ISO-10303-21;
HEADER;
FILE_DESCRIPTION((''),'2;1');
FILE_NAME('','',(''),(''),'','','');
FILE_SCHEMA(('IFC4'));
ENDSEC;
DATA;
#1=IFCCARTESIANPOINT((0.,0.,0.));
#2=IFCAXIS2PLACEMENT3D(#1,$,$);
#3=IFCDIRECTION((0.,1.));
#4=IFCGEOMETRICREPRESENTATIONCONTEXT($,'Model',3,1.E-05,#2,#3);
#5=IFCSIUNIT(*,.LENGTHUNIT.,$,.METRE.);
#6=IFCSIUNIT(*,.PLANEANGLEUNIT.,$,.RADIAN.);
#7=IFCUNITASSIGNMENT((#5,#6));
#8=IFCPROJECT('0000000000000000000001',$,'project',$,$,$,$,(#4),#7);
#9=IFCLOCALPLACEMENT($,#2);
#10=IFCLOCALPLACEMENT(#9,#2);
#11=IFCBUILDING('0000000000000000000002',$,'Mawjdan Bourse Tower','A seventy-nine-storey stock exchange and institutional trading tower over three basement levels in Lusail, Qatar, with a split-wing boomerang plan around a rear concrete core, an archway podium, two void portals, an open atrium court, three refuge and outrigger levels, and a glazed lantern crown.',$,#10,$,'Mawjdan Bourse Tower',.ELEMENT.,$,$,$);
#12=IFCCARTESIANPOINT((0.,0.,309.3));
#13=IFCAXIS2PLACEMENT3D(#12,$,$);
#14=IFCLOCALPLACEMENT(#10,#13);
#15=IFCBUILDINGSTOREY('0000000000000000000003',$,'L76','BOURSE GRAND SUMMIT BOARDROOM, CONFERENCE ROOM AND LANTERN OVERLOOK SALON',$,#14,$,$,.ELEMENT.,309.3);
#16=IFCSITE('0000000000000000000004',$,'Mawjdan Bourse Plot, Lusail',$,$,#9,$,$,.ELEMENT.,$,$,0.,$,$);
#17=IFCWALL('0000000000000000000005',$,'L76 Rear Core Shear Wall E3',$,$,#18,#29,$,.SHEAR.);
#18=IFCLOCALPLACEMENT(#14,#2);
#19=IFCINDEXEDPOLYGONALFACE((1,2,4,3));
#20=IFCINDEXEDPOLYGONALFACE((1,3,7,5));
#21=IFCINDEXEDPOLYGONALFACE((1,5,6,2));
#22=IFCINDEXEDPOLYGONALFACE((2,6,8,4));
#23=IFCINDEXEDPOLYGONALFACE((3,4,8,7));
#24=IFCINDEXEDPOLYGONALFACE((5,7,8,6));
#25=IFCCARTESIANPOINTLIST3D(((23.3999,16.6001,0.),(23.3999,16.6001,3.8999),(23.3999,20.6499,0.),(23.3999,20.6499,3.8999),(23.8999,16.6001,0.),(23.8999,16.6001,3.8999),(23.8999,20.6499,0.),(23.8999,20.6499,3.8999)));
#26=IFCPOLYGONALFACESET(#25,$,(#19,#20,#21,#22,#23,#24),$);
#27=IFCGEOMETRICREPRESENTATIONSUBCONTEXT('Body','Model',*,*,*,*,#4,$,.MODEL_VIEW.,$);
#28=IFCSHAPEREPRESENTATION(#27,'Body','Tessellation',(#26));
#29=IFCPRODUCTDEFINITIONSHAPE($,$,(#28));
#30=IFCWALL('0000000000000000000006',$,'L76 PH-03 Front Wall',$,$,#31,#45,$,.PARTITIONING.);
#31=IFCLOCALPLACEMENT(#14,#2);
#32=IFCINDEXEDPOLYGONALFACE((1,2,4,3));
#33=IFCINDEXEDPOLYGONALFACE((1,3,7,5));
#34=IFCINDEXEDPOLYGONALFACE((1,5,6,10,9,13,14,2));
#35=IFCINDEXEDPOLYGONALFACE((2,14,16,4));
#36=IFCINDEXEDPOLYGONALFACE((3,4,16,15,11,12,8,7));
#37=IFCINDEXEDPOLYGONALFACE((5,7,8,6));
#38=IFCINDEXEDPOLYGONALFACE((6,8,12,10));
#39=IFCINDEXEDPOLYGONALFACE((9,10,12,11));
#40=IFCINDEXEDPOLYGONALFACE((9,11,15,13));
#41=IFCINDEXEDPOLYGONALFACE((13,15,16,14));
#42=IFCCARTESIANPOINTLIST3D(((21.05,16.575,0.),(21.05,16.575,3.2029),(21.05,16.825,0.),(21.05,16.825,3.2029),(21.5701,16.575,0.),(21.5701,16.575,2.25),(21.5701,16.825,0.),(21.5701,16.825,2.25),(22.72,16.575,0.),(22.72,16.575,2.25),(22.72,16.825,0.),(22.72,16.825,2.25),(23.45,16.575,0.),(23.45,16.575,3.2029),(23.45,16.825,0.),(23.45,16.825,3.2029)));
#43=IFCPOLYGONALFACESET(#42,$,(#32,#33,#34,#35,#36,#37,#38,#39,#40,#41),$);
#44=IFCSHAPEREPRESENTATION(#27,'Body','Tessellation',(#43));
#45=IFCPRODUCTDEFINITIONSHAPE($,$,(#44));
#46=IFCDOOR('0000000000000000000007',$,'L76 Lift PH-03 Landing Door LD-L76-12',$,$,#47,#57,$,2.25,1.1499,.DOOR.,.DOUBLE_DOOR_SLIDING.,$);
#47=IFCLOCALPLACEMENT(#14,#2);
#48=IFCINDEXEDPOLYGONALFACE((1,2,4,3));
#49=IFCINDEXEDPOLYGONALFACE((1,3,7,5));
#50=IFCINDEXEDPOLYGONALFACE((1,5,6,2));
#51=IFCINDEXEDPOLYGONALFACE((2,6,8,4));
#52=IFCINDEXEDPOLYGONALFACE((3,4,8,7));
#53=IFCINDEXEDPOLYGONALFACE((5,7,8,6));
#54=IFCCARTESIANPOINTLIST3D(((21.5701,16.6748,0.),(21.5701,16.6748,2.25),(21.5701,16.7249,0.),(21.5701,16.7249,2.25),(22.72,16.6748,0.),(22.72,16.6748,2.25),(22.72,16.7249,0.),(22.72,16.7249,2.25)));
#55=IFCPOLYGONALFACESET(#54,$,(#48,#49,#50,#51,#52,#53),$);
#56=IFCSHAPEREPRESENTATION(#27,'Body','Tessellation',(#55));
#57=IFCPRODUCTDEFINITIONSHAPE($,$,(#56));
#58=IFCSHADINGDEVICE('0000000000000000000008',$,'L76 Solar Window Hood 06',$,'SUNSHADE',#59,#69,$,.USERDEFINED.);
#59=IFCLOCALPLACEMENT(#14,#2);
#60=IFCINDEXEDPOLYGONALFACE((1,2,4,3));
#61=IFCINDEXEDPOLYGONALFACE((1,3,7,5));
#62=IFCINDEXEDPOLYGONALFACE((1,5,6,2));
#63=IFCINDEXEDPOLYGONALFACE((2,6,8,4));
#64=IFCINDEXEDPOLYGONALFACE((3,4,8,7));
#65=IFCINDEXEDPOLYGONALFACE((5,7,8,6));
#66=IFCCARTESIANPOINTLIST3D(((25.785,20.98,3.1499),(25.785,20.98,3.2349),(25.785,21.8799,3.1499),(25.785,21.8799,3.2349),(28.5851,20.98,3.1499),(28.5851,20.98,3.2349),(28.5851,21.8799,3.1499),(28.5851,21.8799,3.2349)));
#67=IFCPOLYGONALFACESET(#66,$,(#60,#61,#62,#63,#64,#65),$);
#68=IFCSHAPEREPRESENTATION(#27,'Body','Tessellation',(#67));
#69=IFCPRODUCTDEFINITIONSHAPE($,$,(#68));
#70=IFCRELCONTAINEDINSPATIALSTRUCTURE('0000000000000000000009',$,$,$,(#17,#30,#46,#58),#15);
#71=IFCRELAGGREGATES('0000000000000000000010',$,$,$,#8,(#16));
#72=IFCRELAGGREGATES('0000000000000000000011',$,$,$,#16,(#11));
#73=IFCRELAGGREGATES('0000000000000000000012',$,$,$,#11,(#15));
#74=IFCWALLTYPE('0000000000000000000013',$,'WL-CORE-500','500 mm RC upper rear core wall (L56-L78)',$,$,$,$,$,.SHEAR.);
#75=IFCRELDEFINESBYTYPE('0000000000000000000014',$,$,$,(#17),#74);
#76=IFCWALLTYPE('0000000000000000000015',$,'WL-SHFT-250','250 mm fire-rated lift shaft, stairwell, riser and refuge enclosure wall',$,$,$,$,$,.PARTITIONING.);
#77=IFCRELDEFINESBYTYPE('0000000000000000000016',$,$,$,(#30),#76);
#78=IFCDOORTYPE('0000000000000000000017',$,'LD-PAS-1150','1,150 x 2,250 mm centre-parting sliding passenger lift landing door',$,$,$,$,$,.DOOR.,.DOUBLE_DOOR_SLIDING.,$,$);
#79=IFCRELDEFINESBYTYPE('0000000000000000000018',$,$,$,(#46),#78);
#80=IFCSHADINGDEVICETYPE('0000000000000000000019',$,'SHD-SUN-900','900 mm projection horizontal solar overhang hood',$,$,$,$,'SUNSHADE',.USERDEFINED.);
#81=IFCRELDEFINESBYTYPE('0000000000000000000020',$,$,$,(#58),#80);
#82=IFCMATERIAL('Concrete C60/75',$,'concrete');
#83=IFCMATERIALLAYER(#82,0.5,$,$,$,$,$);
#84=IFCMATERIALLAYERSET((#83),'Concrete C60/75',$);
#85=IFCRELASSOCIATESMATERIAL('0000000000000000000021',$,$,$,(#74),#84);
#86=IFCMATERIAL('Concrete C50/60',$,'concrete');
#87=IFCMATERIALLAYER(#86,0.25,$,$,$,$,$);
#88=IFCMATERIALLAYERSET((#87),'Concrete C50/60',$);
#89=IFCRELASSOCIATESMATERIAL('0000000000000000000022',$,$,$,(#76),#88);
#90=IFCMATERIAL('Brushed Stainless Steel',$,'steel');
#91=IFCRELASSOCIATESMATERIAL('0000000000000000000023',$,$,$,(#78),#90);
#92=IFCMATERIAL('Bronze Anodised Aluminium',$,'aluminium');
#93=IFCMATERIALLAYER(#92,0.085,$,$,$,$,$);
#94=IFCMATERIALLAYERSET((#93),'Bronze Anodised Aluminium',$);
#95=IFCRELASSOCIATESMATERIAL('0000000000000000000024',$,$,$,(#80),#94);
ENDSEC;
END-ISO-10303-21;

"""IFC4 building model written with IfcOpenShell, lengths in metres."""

from ifc_helpers import new_model, si_unit, direction, frame, frame_2d, origin, origin_2d, place, context, subcontext, project, spatial, rectangle, extrude, material, layer, layer_set, type_object, element, fill, save


model = new_model("IFC4")

# Units and contexts
model_context = context("Model", 3, precision=1e-05, world=origin(), true_north=direction((0.0, 1.0)))
body_context = subcontext(model_context, "Body", "Model", "MODEL_VIEW")
ifc_project = project(units=[si_unit("LENGTHUNIT", "METRE"), si_unit("PLANEANGLEUNIT", "RADIAN")], contexts=[model_context])

# Site, building, storey
site_placement = place(None, origin())
site = spatial("IfcSite", under=ifc_project, at=site_placement, Name="Mawjdan Bourse Plot, Lusail", CompositionType="ELEMENT", RefElevation=0.0)
building_placement = place(site_placement, origin())
building = spatial("IfcBuilding", under=site, at=building_placement, Name="Mawjdan Bourse Tower", Description="A seventy-nine-storey stock exchange and institutional trading tower over three basement levels in Lusail, Qatar, with a split-wing boomerang plan around a rear concrete core, an archway podium, two void portals, an open atrium court, three refuge and outrigger levels, and a glazed lantern crown.", LongName="Mawjdan Bourse Tower", CompositionType="ELEMENT")
storey_placement = place(building_placement, frame((0.0, 0.0, 309.3)))
storey = spatial("IfcBuildingStorey", under=building, at=storey_placement, Name="L76", Description="BOURSE GRAND SUMMIT BOARDROOM, CONFERENCE ROOM AND LANTERN OVERLOOK SALON", CompositionType="ELEMENT", Elevation=309.3)

# Shared definitions
ifc_material_1 = material(Name="Concrete C60/75", Category="concrete")

# Wall
ifc_layer_1 = layer(ifc_material_1, 0.5)
ifc_layer_set_1 = layer_set([ifc_layer_1], Name="Concrete C60/75")
wall_type_1 = type_object("IfcWallType", Name="WL-CORE-500", Description="500 mm RC upper rear core wall (L56-L78)", PredefinedType="SHEAR", material=ifc_layer_set_1)
wall_1_placement = place(storey_placement, frame((23.6499, 16.6001, 0.0), z_axis=(0.0, 0.0, 1.0), x_axis=(0.0, 1.0, 0.0)))
element("IfcWall", 1, at=wall_1_placement, inside=storey, type_object=wall_type_1, Name="L76 Rear Core Shear Wall E3", PredefinedType="SHEAR", context=body_context, shape_type="SweptSolid", body=[
    extrude(rectangle(XDim=4.0498, YDim=0.5, at=frame_2d((2.0249, 0.0))), origin(), (0.0, 0.0, 1.0), 3.8999),
])

# Wall, opening, door
ifc_material_2 = material(Name="Concrete C50/60", Category="concrete")
ifc_layer_2 = layer(ifc_material_2, 0.25)
ifc_layer_set_2 = layer_set([ifc_layer_2], Name="Concrete C50/60")
wall_type_2 = type_object("IfcWallType", Name="WL-SHFT-250", Description="250 mm fire-rated lift shaft, stairwell, riser and refuge enclosure wall", PredefinedType="PARTITIONING", material=ifc_layer_set_2)
wall_2_placement = place(storey_placement, frame((21.05, 16.7, 0.0), z_axis=(0.0, 0.0, 1.0), x_axis=(1.0, 0.0, 0.0)))
wall_2 = element("IfcWall", 2, at=wall_2_placement, inside=storey, type_object=wall_type_2, Name="L76 PH-03 Front Wall", PredefinedType="PARTITIONING", context=body_context, shape_type="SweptSolid", body=[
    extrude(rectangle(XDim=2.3999, YDim=0.25, at=frame_2d((1.2, 0.0))), origin(), (0.0, 0.0, 1.0), 3.2029),
])
opening_1_placement = place(wall_2_placement, frame((0.52, 0.0, 0.0)))
opening_1 = element("IfcOpeningElement", 3, at=opening_1_placement, cuts=wall_2, PredefinedType="OPENING", context=body_context, shape_type="SweptSolid", body=[
    extrude(rectangle(XDim=1.1499, YDim=2.25, at=frame_2d((0.575, 1.125))), frame((0.0, 0.135, 0.0), z_axis=(0.0, -1.0, 0.0), x_axis=(1.0, 0.0, 0.0)), (0.0, 0.0, 1.0), 0.27),
])
ifc_material_3 = material(Name="Brushed Stainless Steel", Category="steel")
door_type_1 = type_object("IfcDoorType", Name="LD-PAS-1150", Description="1,150 x 2,250 mm centre-parting sliding passenger lift landing door", OperationType="DOUBLE_DOOR_SLIDING", PredefinedType="DOOR", material=ifc_material_3)
door_1_placement = place(opening_1_placement, origin())
door_1 = element("IfcDoor", 4, at=door_1_placement, inside=storey, type_object=door_type_1, Name="L76 Lift PH-03 Landing Door LD-L76-12", OperationType="DOUBLE_DOOR_SLIDING", OverallHeight=2.25, OverallWidth=1.1499, PredefinedType="DOOR", context=body_context, shape_type="SweptSolid", body=[
    extrude(rectangle(XDim=1.1499, YDim=2.25, at=frame_2d((0.575, 1.125))), frame((0.0, 0.0249, 0.0), z_axis=(0.0, -1.0, 0.0), x_axis=(1.0, 0.0, 0.0)), (0.0, 0.0, 1.0), 0.05),
])
fill(opening_1, door_1)

# Shading device
ifc_material_4 = material(Name="Bronze Anodised Aluminium", Category="aluminium")
ifc_layer_3 = layer(ifc_material_4, 0.085)
ifc_layer_set_3 = layer_set([ifc_layer_3], Name="Bronze Anodised Aluminium")
shading_device_type = type_object("IfcShadingDeviceType", Name="SHD-SUN-900", Description="900 mm projection horizontal solar overhang hood", ElementType="SUNSHADE", PredefinedType="USERDEFINED", material=ifc_layer_set_3)
shading_device_placement = place(storey_placement, frame((27.1851, 21.4299, 3.1499), z_axis=(0.0, 0.0, 1.0), x_axis=(-1.0, 0.0, 0.0)))
element("IfcShadingDevice", 5, at=shading_device_placement, inside=storey, type_object=shading_device_type, Name="L76 Solar Window Hood 06", ObjectType="SUNSHADE", PredefinedType="USERDEFINED", context=body_context, shape_type="SweptSolid", body=[
    extrude(rectangle(XDim=2.8, YDim=0.8999, at=origin_2d()), origin(), (0.0, 0.0, 1.0), 0.085),
])

save(model, "model.ifc")
